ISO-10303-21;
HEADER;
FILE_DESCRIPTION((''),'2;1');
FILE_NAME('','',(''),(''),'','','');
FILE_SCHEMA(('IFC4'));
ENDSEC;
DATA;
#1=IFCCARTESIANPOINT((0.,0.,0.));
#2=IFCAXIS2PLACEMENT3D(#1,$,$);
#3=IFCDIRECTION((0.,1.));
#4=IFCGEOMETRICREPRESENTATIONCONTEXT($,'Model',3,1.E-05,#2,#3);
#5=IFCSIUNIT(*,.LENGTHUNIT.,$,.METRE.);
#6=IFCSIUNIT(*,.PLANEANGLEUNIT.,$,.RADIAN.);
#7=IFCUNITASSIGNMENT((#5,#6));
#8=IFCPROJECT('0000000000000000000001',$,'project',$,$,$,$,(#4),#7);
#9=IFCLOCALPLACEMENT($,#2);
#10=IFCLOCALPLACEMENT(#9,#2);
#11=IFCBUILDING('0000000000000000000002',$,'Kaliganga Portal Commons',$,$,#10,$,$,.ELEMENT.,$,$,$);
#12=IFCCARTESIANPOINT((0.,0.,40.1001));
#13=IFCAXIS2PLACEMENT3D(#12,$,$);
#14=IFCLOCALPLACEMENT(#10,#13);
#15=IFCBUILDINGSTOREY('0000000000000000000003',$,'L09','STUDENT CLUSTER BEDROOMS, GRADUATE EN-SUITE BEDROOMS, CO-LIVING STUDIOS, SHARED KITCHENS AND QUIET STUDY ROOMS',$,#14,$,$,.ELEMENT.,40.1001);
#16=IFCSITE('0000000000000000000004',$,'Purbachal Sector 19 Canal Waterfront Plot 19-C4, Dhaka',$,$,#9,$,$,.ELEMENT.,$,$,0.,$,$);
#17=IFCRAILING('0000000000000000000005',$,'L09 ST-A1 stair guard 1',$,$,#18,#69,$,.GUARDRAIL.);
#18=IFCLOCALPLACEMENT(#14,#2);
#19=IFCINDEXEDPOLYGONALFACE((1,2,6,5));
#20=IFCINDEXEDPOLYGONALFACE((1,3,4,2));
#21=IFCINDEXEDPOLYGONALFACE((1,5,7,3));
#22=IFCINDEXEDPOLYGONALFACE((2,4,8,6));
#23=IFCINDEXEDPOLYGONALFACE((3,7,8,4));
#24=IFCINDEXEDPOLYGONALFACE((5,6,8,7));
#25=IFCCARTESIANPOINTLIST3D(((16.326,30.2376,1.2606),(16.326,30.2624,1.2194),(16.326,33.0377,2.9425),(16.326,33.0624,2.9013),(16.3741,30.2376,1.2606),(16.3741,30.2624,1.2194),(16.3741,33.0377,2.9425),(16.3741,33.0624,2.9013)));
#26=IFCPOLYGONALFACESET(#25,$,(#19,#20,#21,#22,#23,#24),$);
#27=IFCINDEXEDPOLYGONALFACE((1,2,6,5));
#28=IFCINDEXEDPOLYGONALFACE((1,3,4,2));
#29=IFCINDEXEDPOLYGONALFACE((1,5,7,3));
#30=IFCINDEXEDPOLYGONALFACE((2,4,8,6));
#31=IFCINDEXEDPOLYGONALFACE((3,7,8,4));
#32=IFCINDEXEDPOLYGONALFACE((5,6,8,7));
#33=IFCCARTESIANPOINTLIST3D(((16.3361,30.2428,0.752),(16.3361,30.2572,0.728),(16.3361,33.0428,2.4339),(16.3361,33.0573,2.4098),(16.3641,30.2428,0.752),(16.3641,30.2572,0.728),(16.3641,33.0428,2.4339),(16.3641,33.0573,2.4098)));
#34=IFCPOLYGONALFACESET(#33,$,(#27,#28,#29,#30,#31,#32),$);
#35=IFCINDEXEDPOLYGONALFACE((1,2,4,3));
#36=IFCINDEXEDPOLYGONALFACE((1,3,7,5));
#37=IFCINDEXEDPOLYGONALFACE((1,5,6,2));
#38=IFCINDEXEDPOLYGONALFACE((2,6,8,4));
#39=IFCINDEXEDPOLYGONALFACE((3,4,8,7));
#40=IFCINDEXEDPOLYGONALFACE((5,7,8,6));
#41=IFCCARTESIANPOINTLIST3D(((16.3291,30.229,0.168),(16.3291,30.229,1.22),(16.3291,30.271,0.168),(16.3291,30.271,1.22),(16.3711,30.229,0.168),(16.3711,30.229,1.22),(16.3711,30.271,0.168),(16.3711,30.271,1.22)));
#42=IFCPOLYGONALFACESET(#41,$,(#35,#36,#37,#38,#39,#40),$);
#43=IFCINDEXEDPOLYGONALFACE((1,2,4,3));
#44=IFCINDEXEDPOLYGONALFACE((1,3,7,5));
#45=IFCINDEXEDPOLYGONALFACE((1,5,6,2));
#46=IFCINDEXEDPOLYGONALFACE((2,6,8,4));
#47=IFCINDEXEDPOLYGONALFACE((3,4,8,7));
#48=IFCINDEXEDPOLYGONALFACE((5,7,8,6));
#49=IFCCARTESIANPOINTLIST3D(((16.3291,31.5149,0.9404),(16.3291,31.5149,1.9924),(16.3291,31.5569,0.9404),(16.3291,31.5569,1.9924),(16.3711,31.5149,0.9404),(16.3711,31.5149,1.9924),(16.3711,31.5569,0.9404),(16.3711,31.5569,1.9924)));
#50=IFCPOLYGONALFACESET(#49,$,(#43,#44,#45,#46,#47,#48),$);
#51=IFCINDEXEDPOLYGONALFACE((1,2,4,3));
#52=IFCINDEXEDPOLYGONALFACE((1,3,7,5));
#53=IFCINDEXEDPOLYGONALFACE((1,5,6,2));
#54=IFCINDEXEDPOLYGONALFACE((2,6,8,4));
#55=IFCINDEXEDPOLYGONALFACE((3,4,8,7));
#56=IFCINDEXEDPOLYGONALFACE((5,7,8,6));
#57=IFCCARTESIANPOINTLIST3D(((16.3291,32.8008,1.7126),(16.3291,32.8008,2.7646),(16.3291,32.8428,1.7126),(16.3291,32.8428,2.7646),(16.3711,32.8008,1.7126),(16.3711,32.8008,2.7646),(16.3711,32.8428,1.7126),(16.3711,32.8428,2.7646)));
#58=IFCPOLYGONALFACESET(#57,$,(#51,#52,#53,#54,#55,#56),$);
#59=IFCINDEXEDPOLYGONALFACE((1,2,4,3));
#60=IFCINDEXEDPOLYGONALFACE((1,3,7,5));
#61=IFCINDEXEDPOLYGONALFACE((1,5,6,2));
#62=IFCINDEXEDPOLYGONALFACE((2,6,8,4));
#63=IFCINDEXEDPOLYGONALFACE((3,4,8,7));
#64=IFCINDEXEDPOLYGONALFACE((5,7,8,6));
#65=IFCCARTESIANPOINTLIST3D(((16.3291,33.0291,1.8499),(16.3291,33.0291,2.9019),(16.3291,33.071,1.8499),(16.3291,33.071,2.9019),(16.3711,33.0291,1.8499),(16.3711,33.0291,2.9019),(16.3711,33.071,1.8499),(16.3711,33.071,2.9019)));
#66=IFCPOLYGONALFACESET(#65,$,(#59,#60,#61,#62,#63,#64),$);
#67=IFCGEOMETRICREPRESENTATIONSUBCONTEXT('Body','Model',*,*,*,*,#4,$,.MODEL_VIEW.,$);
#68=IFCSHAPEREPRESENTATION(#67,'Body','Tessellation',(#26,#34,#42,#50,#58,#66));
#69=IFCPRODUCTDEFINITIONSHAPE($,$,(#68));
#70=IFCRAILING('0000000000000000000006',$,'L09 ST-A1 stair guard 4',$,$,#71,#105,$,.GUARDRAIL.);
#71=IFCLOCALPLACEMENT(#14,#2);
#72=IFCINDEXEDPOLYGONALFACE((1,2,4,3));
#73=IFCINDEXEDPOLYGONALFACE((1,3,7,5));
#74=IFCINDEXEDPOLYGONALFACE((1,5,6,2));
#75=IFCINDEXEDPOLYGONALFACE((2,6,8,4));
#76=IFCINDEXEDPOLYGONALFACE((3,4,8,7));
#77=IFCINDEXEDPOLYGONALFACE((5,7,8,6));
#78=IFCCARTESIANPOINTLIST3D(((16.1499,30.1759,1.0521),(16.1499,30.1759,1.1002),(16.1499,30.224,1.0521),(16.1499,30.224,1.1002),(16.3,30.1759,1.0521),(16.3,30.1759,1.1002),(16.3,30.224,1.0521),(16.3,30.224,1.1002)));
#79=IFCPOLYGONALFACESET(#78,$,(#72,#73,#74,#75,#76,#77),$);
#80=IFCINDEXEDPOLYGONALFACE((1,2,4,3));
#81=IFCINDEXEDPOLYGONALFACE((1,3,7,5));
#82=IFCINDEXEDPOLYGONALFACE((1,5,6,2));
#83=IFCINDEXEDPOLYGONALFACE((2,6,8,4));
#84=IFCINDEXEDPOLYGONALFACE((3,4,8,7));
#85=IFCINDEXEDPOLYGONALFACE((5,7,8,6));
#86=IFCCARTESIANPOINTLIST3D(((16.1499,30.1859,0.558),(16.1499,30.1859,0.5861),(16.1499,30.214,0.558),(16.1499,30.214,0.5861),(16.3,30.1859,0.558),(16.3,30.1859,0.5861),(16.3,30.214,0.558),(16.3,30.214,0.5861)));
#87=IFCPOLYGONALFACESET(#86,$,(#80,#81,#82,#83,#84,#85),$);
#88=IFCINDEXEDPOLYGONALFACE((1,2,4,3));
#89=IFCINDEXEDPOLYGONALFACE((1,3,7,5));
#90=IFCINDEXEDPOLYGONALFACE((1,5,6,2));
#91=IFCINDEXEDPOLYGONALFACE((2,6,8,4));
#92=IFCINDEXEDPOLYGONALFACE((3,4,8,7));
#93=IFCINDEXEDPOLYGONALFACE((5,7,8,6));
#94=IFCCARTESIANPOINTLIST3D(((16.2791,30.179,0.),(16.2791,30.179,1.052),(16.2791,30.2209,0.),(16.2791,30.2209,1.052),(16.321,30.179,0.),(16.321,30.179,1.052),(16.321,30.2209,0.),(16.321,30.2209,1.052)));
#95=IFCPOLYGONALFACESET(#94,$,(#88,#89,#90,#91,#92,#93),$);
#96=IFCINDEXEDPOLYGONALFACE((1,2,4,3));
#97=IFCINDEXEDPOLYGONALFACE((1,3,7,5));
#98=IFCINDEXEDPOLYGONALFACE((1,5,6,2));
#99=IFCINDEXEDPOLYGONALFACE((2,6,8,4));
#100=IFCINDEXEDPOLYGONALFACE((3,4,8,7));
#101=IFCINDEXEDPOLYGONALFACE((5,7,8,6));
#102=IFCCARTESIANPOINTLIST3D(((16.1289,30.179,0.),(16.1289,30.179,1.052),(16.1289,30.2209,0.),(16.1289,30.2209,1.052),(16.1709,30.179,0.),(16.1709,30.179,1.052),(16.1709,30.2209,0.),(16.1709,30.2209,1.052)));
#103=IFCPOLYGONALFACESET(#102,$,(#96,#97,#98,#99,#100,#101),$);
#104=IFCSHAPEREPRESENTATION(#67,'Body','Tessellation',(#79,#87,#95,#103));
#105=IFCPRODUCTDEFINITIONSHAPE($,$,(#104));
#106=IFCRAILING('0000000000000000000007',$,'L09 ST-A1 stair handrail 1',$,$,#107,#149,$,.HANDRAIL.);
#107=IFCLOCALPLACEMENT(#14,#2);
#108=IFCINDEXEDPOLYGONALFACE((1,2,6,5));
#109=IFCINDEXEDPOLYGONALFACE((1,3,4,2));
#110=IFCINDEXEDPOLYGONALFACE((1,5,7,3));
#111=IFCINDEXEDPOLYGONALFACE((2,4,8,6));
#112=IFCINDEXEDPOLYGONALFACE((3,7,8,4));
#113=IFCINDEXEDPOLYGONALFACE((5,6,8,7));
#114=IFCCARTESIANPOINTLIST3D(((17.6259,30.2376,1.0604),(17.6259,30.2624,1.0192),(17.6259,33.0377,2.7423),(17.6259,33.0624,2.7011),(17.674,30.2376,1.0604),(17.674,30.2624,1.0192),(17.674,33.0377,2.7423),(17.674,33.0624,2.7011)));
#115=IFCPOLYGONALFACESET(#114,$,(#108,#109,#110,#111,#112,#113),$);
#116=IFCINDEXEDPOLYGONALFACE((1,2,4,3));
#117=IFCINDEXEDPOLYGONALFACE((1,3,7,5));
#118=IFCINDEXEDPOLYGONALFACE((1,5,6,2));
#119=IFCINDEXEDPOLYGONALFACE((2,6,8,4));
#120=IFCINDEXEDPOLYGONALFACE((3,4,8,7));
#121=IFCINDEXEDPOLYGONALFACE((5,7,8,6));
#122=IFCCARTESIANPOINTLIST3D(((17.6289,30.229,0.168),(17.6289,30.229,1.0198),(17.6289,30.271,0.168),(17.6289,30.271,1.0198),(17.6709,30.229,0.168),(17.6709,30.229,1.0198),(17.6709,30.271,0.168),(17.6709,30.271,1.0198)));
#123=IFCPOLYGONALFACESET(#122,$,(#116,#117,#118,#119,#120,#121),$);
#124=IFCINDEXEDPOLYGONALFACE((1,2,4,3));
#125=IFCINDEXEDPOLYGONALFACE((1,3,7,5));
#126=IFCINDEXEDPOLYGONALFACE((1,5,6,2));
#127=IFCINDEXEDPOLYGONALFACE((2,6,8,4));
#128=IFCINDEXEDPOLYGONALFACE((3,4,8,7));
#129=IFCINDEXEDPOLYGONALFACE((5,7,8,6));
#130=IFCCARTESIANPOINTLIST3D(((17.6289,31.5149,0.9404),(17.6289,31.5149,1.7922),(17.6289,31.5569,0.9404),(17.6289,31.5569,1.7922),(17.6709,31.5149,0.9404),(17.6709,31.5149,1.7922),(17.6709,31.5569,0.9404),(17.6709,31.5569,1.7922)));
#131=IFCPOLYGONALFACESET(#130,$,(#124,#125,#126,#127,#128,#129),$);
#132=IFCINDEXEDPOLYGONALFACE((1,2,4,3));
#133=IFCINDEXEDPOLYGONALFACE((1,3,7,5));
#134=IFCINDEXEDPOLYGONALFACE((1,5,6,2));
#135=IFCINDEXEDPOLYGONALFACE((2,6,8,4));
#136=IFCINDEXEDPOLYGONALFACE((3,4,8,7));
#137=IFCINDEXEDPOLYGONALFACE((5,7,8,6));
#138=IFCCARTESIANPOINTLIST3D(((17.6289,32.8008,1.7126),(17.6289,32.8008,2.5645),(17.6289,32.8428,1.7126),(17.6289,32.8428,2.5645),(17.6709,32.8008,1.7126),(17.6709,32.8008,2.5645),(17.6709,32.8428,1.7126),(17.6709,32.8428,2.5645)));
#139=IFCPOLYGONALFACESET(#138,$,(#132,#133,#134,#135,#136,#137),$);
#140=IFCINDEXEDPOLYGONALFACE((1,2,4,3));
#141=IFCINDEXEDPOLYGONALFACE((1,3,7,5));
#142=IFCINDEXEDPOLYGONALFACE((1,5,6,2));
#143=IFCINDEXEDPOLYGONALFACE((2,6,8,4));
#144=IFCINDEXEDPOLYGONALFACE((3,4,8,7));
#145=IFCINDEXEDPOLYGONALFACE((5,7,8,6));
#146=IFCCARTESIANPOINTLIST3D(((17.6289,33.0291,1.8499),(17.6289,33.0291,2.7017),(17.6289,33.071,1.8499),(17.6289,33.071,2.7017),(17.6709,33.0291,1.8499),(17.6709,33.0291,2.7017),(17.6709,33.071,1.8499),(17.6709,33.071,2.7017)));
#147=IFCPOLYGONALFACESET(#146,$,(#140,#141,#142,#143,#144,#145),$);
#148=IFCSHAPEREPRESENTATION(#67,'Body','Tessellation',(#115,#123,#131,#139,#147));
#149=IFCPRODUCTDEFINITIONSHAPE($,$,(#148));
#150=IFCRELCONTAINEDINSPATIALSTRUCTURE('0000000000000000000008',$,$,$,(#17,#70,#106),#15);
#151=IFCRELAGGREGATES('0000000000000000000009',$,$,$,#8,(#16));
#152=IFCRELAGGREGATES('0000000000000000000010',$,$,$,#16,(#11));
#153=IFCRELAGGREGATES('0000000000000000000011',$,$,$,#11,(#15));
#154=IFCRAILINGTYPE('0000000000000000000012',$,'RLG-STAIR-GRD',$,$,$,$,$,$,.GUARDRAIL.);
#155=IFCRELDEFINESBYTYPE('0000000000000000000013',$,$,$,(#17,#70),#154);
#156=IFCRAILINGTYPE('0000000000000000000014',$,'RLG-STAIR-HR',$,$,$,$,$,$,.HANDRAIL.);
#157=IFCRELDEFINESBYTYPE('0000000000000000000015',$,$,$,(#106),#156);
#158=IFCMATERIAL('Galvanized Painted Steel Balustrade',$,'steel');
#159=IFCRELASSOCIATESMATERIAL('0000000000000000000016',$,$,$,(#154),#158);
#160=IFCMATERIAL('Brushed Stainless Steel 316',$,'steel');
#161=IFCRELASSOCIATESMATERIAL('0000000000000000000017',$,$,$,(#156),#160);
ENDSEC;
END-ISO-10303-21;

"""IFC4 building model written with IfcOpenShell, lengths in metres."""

from ifc_helpers import new_model, si_unit, direction, frame, origin, origin_2d, place, context, subcontext, project, spatial, rectangle, extrude, material, type_object, element, save


model = new_model("IFC4")

# Units and contexts
model_context = context("Model", 3, precision=1e-05, world=origin(), true_north=direction((0.0, 1.0)))
body_context = subcontext(model_context, "Body", "Model", "MODEL_VIEW")
ifc_project = project(units=[si_unit("LENGTHUNIT", "METRE"), si_unit("PLANEANGLEUNIT", "RADIAN")], contexts=[model_context])

# Site, building, storey
site_placement = place(None, origin())
site = spatial("IfcSite", under=ifc_project, at=site_placement, Name="Purbachal Sector 19 Canal Waterfront Plot 19-C4, Dhaka", CompositionType="ELEMENT", RefElevation=0.0)
building_placement = place(site_placement, origin())
building = spatial("IfcBuilding", under=site, at=building_placement, Name="Kaliganga Portal Commons", CompositionType="ELEMENT")
storey_placement = place(building_placement, frame((0.0, 0.0, 40.1001)))
storey = spatial("IfcBuildingStorey", under=building, at=storey_placement, Name="L09", Description="STUDENT CLUSTER BEDROOMS, GRADUATE EN-SUITE BEDROOMS, CO-LIVING STUDIOS, SHARED KITCHENS AND QUIET STUDY ROOMS", CompositionType="ELEMENT", Elevation=40.1001)

# Railings
ifc_material_1 = material(Name="Galvanized Painted Steel Balustrade", Category="steel")
railing_type_1 = type_object("IfcRailingType", Name="RLG-STAIR-GRD", PredefinedType="GUARDRAIL", material=ifc_material_1)
railing_1_placement = place(storey_placement, frame((16.3501, 30.25, 0.168)))
element("IfcRailing", 1, at=railing_1_placement, inside=storey, type_object=railing_type_1, Name="L09 ST-A1 stair guard 1", PredefinedType="GUARDRAIL", context=body_context, shape_type="SweptSolid", body=[
    extrude(rectangle(XDim=0.0481, YDim=0.0481, at=origin_2d()), frame((0.0, 0.0, 1.072), z_axis=(0.0, 0.857242, 0.514913), x_axis=(-1.0, 0.0, 0.0)), (0.0, 0.0, 1.0), 3.2664),
    extrude(rectangle(XDim=0.0281, YDim=0.0281, at=origin_2d()), frame((0.0, 0.0, 0.572), z_axis=(0.0, 0.857242, 0.514913), x_axis=(-1.0, 0.0, 0.0)), (0.0, 0.0, 1.0), 3.2664),
    extrude(rectangle(XDim=0.042, YDim=0.042, at=origin_2d()), origin(), (0.0, 0.0, 1.0), 1.052),
    extrude(rectangle(XDim=0.042, YDim=0.042, at=origin_2d()), frame((0.0, 1.2859, 0.7725)), (0.0, 0.0, 1.0), 1.052),
    extrude(rectangle(XDim=0.042, YDim=0.042, at=origin_2d()), frame((0.0, 2.5718, 1.5447)), (0.0, 0.0, 1.0), 1.052),
    extrude(rectangle(XDim=0.042, YDim=0.042, at=origin_2d()), frame((0.0, 2.8, 1.6819)), (0.0, 0.0, 1.0), 1.052),
])
railing_2_placement = place(storey_placement, frame((16.3, 30.2, 0.0)))
element("IfcRailing", 2, at=railing_2_placement, inside=storey, type_object=railing_type_1, Name="L09 ST-A1 stair guard 4", PredefinedType="GUARDRAIL", context=body_context, shape_type="SweptSolid", body=[
    extrude(rectangle(XDim=0.0481, YDim=0.0481, at=origin_2d()), frame((0.0, 0.0, 1.0762), z_axis=(-1.0, 0.0, 0.0), x_axis=(0.0, -1.0, 0.0)), (0.0, 0.0, 1.0), 0.1501),
    extrude(rectangle(XDim=0.0281, YDim=0.0281, at=origin_2d()), frame((0.0, 0.0, 0.572), z_axis=(-1.0, 0.0, 0.0), x_axis=(0.0, -1.0, 0.0)), (0.0, 0.0, 1.0), 0.1501),
    extrude(rectangle(XDim=0.042, YDim=0.042, at=origin_2d()), origin(), (0.0, 0.0, 1.0), 1.052),
    extrude(rectangle(XDim=0.042, YDim=0.042, at=origin_2d()), frame((-0.1501, 0.0, 0.0)), (0.0, 0.0, 1.0), 1.052),
])
ifc_material_2 = material(Name="Brushed Stainless Steel 316", Category="steel")
railing_type_2 = type_object("IfcRailingType", Name="RLG-STAIR-HR", PredefinedType="HANDRAIL", material=ifc_material_2)
railing_3_placement = place(storey_placement, frame((17.6499, 30.25, 0.168)))
element("IfcRailing", 3, at=railing_3_placement, inside=storey, type_object=railing_type_2, Name="L09 ST-A1 stair handrail 1", PredefinedType="HANDRAIL", context=body_context, shape_type="SweptSolid", body=[
    extrude(rectangle(XDim=0.0481, YDim=0.0481, at=origin_2d()), frame((0.0, 0.0, 0.8718), z_axis=(0.0, 0.857242, 0.514913), x_axis=(-1.0, 0.0, 0.0)), (0.0, 0.0, 1.0), 3.2664),
    extrude(rectangle(XDim=0.042, YDim=0.042, at=origin_2d()), origin(), (0.0, 0.0, 1.0), 0.8518),
    extrude(rectangle(XDim=0.042, YDim=0.042, at=origin_2d()), frame((0.0, 1.2859, 0.7725)), (0.0, 0.0, 1.0), 0.8518),
    extrude(rectangle(XDim=0.042, YDim=0.042, at=origin_2d()), frame((0.0, 2.5718, 1.5447)), (0.0, 0.0, 1.0), 0.8518),
    extrude(rectangle(XDim=0.042, YDim=0.042, at=origin_2d()), frame((0.0, 2.8, 1.6819)), (0.0, 0.0, 1.0), 0.8518),
])

save(model, "model.ifc")
